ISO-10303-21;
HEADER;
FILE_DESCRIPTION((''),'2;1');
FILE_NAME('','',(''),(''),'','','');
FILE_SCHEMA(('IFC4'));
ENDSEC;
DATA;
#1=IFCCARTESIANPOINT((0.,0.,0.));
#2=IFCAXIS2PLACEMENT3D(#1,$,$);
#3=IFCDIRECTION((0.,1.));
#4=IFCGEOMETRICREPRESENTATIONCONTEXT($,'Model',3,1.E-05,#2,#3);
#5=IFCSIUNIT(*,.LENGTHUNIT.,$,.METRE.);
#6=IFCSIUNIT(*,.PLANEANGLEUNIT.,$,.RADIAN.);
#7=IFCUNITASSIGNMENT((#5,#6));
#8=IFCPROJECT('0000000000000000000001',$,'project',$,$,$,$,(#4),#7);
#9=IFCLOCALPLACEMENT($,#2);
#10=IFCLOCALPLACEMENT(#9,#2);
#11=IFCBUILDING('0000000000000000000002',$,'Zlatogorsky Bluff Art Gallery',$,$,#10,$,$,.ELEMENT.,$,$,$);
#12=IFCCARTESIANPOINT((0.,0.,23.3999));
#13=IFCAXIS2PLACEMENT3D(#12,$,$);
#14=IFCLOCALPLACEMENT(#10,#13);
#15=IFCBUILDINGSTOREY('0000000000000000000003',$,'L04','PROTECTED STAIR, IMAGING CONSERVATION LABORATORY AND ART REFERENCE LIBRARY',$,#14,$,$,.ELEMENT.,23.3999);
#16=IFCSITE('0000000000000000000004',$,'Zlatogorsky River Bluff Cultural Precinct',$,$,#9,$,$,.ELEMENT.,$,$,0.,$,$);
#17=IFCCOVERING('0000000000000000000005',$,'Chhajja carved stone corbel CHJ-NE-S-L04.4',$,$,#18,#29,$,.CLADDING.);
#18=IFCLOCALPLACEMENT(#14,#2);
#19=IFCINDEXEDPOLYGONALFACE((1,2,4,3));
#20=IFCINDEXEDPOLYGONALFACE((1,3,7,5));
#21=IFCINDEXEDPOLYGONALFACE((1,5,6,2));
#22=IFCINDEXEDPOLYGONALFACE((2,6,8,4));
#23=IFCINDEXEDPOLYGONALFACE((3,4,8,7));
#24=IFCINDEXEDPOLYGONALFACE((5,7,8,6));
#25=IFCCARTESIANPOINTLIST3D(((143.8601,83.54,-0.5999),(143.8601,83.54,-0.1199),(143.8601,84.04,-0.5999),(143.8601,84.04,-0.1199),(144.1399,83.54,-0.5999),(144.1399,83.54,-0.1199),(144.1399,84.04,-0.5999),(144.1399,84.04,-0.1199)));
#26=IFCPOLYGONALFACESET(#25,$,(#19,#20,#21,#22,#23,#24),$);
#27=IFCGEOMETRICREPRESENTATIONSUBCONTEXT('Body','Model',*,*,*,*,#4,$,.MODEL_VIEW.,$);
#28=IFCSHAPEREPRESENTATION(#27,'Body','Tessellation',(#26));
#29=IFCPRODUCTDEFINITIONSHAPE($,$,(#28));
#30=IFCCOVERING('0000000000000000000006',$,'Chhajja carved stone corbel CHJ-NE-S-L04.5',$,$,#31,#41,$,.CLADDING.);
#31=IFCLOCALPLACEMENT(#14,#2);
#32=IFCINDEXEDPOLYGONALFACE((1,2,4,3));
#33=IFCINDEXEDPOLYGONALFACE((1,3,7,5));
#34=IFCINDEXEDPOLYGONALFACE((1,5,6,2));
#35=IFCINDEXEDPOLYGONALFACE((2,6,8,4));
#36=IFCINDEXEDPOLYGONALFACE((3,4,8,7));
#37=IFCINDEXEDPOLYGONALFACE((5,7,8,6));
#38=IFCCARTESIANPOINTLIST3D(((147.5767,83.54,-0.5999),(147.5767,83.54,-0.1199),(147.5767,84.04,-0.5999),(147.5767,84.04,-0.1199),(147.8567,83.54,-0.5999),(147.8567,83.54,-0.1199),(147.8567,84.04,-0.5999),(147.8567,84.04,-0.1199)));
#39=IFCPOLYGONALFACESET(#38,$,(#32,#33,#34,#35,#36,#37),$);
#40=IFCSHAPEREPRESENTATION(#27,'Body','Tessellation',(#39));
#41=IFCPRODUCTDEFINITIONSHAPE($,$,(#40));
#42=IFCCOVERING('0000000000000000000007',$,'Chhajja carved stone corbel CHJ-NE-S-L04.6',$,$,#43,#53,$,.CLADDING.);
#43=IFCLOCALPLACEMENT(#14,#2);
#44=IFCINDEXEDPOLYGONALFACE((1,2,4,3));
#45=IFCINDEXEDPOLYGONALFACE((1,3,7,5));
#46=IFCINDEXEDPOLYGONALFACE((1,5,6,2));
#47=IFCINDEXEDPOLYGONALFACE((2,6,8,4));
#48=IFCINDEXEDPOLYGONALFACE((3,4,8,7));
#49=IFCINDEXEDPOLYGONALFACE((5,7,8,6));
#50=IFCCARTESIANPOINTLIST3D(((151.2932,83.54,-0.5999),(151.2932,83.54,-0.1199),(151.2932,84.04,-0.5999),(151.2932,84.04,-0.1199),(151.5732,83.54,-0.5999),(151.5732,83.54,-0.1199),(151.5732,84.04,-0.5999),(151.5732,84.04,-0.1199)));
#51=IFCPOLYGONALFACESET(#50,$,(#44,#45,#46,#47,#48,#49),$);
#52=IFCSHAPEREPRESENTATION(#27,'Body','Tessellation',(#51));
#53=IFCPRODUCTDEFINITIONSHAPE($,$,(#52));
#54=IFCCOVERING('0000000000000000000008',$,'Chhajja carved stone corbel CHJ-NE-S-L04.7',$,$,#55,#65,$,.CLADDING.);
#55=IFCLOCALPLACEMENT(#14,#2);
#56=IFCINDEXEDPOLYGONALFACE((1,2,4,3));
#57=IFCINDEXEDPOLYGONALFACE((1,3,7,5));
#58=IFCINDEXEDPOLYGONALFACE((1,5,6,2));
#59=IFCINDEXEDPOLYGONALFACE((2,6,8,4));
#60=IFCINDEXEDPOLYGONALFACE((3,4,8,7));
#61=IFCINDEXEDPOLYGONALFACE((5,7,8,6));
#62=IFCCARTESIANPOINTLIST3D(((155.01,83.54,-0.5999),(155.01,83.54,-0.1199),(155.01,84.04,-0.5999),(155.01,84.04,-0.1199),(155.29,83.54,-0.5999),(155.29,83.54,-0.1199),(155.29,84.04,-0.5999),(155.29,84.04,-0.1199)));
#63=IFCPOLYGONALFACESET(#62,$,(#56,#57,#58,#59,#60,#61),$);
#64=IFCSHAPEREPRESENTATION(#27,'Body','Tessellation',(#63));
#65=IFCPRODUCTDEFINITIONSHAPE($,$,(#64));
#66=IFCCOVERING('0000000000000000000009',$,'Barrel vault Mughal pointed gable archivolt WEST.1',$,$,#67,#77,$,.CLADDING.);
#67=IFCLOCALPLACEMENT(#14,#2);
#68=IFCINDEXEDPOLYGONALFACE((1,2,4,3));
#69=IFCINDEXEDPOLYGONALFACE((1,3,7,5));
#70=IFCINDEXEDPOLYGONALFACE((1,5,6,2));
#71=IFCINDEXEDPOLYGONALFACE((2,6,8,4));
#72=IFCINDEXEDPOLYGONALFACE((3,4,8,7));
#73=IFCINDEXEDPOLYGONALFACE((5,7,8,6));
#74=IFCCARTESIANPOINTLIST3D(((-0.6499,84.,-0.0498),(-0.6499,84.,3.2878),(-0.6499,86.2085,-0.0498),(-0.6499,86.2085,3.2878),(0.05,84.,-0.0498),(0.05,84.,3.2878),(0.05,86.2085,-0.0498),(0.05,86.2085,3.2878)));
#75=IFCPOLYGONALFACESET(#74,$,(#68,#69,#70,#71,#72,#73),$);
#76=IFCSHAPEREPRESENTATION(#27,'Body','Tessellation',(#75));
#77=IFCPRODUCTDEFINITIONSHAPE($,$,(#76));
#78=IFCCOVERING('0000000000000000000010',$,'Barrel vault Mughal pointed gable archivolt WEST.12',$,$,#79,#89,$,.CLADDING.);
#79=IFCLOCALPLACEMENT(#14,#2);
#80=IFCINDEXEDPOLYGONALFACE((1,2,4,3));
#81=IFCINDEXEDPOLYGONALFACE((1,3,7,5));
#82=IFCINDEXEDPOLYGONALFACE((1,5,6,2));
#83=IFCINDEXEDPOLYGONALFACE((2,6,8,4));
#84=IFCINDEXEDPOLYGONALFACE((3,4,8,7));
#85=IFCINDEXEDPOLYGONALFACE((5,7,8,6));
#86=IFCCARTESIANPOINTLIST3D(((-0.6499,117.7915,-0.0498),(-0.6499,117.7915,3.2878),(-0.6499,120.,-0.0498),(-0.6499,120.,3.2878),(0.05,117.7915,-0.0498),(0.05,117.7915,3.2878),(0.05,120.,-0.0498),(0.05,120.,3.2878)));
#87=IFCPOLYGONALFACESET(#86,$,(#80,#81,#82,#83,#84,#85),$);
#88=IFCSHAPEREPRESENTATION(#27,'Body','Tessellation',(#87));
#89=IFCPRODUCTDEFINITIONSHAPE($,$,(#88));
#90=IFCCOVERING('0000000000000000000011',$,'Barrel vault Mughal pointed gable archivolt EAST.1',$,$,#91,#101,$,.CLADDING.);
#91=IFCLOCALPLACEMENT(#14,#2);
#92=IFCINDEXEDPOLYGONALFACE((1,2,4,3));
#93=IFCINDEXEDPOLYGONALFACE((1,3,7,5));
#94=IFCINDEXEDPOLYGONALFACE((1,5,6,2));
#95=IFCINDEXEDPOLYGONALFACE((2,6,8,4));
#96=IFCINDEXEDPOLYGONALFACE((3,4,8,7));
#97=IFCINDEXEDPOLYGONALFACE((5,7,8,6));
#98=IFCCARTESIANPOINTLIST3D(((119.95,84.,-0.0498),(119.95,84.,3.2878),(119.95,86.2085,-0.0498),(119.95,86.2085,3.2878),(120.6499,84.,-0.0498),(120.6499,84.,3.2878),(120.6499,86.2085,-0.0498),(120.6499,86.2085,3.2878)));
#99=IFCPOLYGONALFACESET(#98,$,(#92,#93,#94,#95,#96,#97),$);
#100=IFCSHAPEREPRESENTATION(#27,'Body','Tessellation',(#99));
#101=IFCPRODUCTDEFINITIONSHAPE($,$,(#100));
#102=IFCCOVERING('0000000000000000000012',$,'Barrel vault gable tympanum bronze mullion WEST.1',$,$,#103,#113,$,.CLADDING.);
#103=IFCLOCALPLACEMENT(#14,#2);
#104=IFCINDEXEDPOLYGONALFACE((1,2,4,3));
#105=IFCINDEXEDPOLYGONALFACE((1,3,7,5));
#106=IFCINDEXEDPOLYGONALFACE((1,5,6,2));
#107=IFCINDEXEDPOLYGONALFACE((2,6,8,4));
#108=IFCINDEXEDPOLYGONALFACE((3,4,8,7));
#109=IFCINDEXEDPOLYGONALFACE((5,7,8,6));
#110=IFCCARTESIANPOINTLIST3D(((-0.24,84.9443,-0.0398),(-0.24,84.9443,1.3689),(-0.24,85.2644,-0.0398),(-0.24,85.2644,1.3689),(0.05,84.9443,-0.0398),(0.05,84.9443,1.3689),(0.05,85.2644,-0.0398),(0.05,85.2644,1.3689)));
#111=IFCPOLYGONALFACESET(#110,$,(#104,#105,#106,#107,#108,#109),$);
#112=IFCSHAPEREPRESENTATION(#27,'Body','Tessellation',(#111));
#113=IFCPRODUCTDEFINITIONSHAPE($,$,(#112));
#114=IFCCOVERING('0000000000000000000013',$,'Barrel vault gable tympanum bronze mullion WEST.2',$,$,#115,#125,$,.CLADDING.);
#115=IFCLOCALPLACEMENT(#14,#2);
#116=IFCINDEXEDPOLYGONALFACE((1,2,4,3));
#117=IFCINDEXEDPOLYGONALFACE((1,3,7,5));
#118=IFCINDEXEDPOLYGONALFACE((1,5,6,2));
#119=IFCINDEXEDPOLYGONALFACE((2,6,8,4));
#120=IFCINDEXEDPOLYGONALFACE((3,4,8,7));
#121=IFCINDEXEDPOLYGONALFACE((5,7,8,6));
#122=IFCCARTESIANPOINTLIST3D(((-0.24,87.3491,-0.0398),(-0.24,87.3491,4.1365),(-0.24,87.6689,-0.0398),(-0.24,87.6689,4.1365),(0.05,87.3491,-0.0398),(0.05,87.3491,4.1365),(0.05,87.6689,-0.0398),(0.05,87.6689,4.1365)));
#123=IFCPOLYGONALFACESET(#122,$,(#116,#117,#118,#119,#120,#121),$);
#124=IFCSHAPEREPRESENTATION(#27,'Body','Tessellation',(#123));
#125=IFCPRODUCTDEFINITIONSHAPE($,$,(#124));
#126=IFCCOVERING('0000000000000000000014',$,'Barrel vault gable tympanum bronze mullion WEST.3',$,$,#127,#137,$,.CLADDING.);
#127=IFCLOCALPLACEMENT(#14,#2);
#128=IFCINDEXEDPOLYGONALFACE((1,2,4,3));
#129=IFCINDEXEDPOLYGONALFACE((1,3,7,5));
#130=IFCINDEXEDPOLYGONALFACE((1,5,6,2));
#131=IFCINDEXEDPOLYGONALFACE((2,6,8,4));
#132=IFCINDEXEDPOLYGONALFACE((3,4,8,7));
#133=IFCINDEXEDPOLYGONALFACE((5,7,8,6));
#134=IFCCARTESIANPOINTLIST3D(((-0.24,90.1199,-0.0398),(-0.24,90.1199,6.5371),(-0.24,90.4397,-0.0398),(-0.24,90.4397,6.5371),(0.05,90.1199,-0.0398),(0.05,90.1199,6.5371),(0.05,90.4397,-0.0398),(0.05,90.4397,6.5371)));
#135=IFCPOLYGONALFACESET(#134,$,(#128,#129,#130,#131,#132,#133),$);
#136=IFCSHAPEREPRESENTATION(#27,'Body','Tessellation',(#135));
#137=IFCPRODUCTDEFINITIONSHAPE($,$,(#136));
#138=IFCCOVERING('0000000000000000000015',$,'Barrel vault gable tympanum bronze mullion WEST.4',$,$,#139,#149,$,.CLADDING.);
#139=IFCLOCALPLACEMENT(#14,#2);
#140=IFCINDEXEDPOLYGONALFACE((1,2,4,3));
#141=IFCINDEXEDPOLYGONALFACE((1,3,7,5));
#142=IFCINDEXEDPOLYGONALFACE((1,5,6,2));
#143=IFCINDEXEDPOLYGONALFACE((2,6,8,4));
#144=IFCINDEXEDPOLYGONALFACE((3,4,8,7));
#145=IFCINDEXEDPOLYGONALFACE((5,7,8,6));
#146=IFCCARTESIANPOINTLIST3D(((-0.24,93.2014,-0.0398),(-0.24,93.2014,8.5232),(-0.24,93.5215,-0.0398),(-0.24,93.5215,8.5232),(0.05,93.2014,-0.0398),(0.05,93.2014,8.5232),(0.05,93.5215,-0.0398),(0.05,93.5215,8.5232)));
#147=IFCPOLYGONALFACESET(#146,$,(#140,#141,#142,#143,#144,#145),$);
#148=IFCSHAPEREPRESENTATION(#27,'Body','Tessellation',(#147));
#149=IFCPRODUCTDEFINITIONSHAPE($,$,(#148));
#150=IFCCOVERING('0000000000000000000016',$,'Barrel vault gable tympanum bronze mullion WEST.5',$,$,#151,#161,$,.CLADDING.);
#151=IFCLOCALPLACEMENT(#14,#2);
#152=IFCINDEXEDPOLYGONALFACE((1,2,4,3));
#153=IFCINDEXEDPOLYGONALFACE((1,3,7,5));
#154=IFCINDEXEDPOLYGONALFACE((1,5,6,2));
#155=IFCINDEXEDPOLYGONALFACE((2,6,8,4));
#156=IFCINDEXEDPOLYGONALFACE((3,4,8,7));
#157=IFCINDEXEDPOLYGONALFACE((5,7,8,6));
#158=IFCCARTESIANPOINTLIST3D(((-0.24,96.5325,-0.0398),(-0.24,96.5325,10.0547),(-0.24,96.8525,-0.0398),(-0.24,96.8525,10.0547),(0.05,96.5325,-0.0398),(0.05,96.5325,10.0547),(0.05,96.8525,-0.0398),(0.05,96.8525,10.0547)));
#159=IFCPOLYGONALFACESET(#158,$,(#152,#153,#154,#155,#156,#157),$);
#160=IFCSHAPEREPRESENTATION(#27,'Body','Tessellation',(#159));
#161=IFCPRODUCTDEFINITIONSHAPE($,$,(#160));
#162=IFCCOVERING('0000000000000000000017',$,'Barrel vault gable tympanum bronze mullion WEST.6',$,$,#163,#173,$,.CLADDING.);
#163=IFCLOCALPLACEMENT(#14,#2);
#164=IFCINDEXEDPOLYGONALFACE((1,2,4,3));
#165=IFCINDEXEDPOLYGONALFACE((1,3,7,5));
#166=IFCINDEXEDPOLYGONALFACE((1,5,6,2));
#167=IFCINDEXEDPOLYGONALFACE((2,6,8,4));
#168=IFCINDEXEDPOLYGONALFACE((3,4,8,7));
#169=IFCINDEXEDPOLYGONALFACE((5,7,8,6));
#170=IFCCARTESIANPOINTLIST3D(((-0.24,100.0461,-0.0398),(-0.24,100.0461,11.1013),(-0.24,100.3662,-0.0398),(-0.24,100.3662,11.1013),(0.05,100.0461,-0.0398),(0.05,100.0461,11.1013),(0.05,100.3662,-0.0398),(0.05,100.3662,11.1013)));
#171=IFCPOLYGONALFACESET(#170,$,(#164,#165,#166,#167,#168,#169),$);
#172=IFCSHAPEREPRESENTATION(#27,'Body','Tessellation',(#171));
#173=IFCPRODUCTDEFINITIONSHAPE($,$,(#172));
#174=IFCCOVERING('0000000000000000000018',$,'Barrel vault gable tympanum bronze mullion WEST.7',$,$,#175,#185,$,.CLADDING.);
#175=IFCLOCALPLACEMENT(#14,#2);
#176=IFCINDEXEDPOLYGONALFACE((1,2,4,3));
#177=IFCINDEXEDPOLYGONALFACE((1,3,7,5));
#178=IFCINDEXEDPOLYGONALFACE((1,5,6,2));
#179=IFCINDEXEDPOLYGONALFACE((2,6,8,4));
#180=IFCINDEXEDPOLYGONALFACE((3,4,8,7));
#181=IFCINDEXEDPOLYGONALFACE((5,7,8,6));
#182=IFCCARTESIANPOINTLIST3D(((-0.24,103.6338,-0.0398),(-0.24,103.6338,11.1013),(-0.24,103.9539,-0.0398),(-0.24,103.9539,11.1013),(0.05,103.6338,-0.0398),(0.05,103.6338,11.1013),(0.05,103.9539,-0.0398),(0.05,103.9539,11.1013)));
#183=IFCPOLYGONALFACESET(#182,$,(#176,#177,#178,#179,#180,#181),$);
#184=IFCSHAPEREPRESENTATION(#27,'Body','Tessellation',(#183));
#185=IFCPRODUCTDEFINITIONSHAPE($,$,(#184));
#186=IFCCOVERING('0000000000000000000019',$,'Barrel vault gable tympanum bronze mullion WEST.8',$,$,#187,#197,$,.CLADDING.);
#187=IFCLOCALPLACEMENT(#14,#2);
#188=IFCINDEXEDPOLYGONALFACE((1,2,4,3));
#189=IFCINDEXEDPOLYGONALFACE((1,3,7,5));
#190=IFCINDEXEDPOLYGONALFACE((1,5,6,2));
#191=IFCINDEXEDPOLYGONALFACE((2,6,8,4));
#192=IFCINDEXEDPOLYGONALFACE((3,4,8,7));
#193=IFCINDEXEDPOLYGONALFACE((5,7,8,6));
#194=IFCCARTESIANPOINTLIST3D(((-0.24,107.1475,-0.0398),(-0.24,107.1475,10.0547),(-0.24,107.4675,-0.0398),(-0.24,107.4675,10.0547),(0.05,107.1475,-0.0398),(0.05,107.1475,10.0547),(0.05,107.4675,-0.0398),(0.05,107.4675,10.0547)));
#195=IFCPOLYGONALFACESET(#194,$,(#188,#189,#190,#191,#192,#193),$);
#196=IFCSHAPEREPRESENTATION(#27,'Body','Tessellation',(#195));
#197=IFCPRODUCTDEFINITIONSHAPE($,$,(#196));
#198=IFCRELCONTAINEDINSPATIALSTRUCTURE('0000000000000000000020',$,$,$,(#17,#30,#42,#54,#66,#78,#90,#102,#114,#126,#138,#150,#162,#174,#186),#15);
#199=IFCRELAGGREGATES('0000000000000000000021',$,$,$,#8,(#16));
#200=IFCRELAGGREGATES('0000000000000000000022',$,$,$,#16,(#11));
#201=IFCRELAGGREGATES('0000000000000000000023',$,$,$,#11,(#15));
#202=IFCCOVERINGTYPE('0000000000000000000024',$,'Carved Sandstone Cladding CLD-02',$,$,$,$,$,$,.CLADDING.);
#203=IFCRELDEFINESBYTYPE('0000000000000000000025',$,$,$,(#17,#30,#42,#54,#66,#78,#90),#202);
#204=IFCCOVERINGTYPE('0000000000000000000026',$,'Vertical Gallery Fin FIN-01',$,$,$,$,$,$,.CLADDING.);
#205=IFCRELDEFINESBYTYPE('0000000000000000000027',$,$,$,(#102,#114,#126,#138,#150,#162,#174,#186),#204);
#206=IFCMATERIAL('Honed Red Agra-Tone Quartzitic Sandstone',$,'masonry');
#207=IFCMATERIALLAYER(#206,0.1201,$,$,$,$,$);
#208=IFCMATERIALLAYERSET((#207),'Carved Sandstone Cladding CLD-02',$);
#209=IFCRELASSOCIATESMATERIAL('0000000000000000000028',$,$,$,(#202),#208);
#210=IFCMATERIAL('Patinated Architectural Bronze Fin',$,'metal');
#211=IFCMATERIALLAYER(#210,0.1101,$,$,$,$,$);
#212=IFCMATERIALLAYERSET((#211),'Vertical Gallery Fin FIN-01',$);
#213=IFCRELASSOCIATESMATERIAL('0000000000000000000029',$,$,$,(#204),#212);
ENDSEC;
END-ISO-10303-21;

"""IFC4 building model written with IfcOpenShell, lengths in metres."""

from ifc_helpers import new_model, si_unit, direction, frame, origin, place, context, subcontext, project, spatial, polyline, outline, extrude, material, layer, layer_set, type_object, element, save


model = new_model("IFC4")

# Units and contexts
model_context = context("Model", 3, precision=1e-05, world=origin(), true_north=direction((0.0, 1.0)))
body_context = subcontext(model_context, "Body", "Model", "MODEL_VIEW")
ifc_project = project(units=[si_unit("LENGTHUNIT", "METRE"), si_unit("PLANEANGLEUNIT", "RADIAN")], contexts=[model_context])

# Site, building, storey
site_placement = place(None, origin())
site = spatial("IfcSite", under=ifc_project, at=site_placement, Name="Zlatogorsky River Bluff Cultural Precinct", CompositionType="ELEMENT", RefElevation=0.0)
building_placement = place(site_placement, origin())
building = spatial("IfcBuilding", under=site, at=building_placement, Name="Zlatogorsky Bluff Art Gallery", CompositionType="ELEMENT")
storey_placement = place(building_placement, frame((0.0, 0.0, 23.3999)))
storey = spatial("IfcBuildingStorey", under=building, at=storey_placement, Name="L04", Description="PROTECTED STAIR, IMAGING CONSERVATION LABORATORY AND ART REFERENCE LIBRARY", CompositionType="ELEMENT", Elevation=23.3999)

# Coverings
ifc_material_1 = material(Name="Honed Red Agra-Tone Quartzitic Sandstone", Category="masonry")
ifc_layer_1 = layer(ifc_material_1, 0.1201)
ifc_layer_set_1 = layer_set([ifc_layer_1], Name="Carved Sandstone Cladding CLD-02")
covering_type_1 = type_object("IfcCoveringType", Name="Carved Sandstone Cladding CLD-02", PredefinedType="CLADDING", material=ifc_layer_set_1)
covering_1_placement = place(storey_placement, frame((0.0, 0.0, -0.5999)))
element("IfcCovering", 1, at=covering_1_placement, inside=storey, type_object=covering_type_1, Name="Chhajja carved stone corbel CHJ-NE-S-L04.4", PredefinedType="CLADDING", context=body_context, shape_type="SweptSolid", body=[
    extrude(outline(polyline([(143.8601, 83.54), (144.1399, 83.54), (144.1399, 84.04), (143.8601, 84.04), (143.8601, 83.54)])), origin(), (0.0, 0.0, 1.0), 0.48),
])
covering_2_placement = place(storey_placement, frame((0.0, 0.0, -0.5999)))
element("IfcCovering", 2, at=covering_2_placement, inside=storey, type_object=covering_type_1, Name="Chhajja carved stone corbel CHJ-NE-S-L04.5", PredefinedType="CLADDING", context=body_context, shape_type="SweptSolid", body=[
    extrude(outline(polyline([(147.5767, 83.54), (147.8567, 83.54), (147.8567, 84.04), (147.5767, 84.04), (147.5767, 83.54)])), origin(), (0.0, 0.0, 1.0), 0.48),
])
covering_3_placement = place(storey_placement, frame((0.0, 0.0, -0.5999)))
element("IfcCovering", 3, at=covering_3_placement, inside=storey, type_object=covering_type_1, Name="Chhajja carved stone corbel CHJ-NE-S-L04.6", PredefinedType="CLADDING", context=body_context, shape_type="SweptSolid", body=[
    extrude(outline(polyline([(151.2932, 83.54), (151.5732, 83.54), (151.5732, 84.04), (151.2932, 84.04), (151.2932, 83.54)])), origin(), (0.0, 0.0, 1.0), 0.48),
])
covering_4_placement = place(storey_placement, frame((0.0, 0.0, -0.5999)))
element("IfcCovering", 4, at=covering_4_placement, inside=storey, type_object=covering_type_1, Name="Chhajja carved stone corbel CHJ-NE-S-L04.7", PredefinedType="CLADDING", context=body_context, shape_type="SweptSolid", body=[
    extrude(outline(polyline([(155.01, 83.54), (155.29, 83.54), (155.29, 84.04), (155.01, 84.04), (155.01, 83.54)])), origin(), (0.0, 0.0, 1.0), 0.48),
])
covering_5_placement = place(storey_placement, frame((0.0, 0.0, -0.0498)))
element("IfcCovering", 5, at=covering_5_placement, inside=storey, type_object=covering_type_1, Name="Barrel vault Mughal pointed gable archivolt WEST.1", PredefinedType="CLADDING", context=body_context, shape_type="SweptSolid", body=[
    extrude(outline(polyline([(-0.6499, 84.0), (0.05, 84.0), (0.05, 86.2085), (-0.6499, 86.2085), (-0.6499, 84.0)])), origin(), (0.0, 0.0, 1.0), 3.3376),
])
covering_6_placement = place(storey_placement, frame((0.0, 0.0, -0.0498)))
element("IfcCovering", 6, at=covering_6_placement, inside=storey, type_object=covering_type_1, Name="Barrel vault Mughal pointed gable archivolt WEST.12", PredefinedType="CLADDING", context=body_context, shape_type="SweptSolid", body=[
    extrude(outline(polyline([(-0.6499, 117.7915), (0.05, 117.7915), (0.05, 120.0), (-0.6499, 120.0), (-0.6499, 117.7915)])), origin(), (0.0, 0.0, 1.0), 3.3376),
])
covering_7_placement = place(storey_placement, frame((0.0, 0.0, -0.0498)))
element("IfcCovering", 7, at=covering_7_placement, inside=storey, type_object=covering_type_1, Name="Barrel vault Mughal pointed gable archivolt EAST.1", PredefinedType="CLADDING", context=body_context, shape_type="SweptSolid", body=[
    extrude(outline(polyline([(119.95, 84.0), (120.6499, 84.0), (120.6499, 86.2085), (119.95, 86.2085), (119.95, 84.0)])), origin(), (0.0, 0.0, 1.0), 3.3376),
])
ifc_material_2 = material(Name="Patinated Architectural Bronze Fin", Category="metal")
ifc_layer_2 = layer(ifc_material_2, 0.1101)
ifc_layer_set_2 = layer_set([ifc_layer_2], Name="Vertical Gallery Fin FIN-01")
covering_type_2 = type_object("IfcCoveringType", Name="Vertical Gallery Fin FIN-01", PredefinedType="CLADDING", material=ifc_layer_set_2)
covering_8_placement = place(storey_placement, frame((0.0, 0.0, -0.0398)))
element("IfcCovering", 8, at=covering_8_placement, inside=storey, type_object=covering_type_2, Name="Barrel vault gable tympanum bronze mullion WEST.1", PredefinedType="CLADDING", context=body_context, shape_type="SweptSolid", body=[
    extrude(outline(polyline([(-0.24, 84.9443), (0.05, 84.9443), (0.05, 85.2644), (-0.24, 85.2644), (-0.24, 84.9443)])), origin(), (0.0, 0.0, 1.0), 1.4087),
])
covering_9_placement = place(storey_placement, frame((0.0, 0.0, -0.0398)))
element("IfcCovering", 9, at=covering_9_placement, inside=storey, type_object=covering_type_2, Name="Barrel vault gable tympanum bronze mullion WEST.2", PredefinedType="CLADDING", context=body_context, shape_type="SweptSolid", body=[
    extrude(outline(polyline([(-0.24, 87.3491), (0.05, 87.3491), (0.05, 87.6689), (-0.24, 87.6689), (-0.24, 87.3491)])), origin(), (0.0, 0.0, 1.0), 4.1763),
])
covering_10_placement = place(storey_placement, frame((0.0, 0.0, -0.0398)))
element("IfcCovering", 10, at=covering_10_placement, inside=storey, type_object=covering_type_2, Name="Barrel vault gable tympanum bronze mullion WEST.3", PredefinedType="CLADDING", context=body_context, shape_type="SweptSolid", body=[
    extrude(outline(polyline([(-0.24, 90.1199), (0.05, 90.1199), (0.05, 90.4397), (-0.24, 90.4397), (-0.24, 90.1199)])), origin(), (0.0, 0.0, 1.0), 6.5769),
])
covering_11_placement = place(storey_placement, frame((0.0, 0.0, -0.0398)))
element("IfcCovering", 11, at=covering_11_placement, inside=storey, type_object=covering_type_2, Name="Barrel vault gable tympanum bronze mullion WEST.4", PredefinedType="CLADDING", context=body_context, shape_type="SweptSolid", body=[
    extrude(outline(polyline([(-0.24, 93.2014), (0.05, 93.2014), (0.05, 93.5215), (-0.24, 93.5215), (-0.24, 93.2014)])), origin(), (0.0, 0.0, 1.0), 8.563),
])
covering_12_placement = place(storey_placement, frame((0.0, 0.0, -0.0398)))
element("IfcCovering", 12, at=covering_12_placement, inside=storey, type_object=covering_type_2, Name="Barrel vault gable tympanum bronze mullion WEST.5", PredefinedType="CLADDING", context=body_context, shape_type="SweptSolid", body=[
    extrude(outline(polyline([(-0.24, 96.5325), (0.05, 96.5325), (0.05, 96.8525), (-0.24, 96.8525), (-0.24, 96.5325)])), origin(), (0.0, 0.0, 1.0), 10.0945),
])
covering_13_placement = place(storey_placement, frame((0.0, 0.0, -0.0398)))
element("IfcCovering", 13, at=covering_13_placement, inside=storey, type_object=covering_type_2, Name="Barrel vault gable tympanum bronze mullion WEST.6", PredefinedType="CLADDING", context=body_context, shape_type="SweptSolid", body=[
    extrude(outline(polyline([(-0.24, 100.0461), (0.05, 100.0461), (0.05, 100.3662), (-0.24, 100.3662), (-0.24, 100.0461)])), origin(), (0.0, 0.0, 1.0), 11.1411),
])
covering_14_placement = place(storey_placement, frame((0.0, 0.0, -0.0398)))
element("IfcCovering", 14, at=covering_14_placement, inside=storey, type_object=covering_type_2, Name="Barrel vault gable tympanum bronze mullion WEST.7", PredefinedType="CLADDING", context=body_context, shape_type="SweptSolid", body=[
    extrude(outline(polyline([(-0.24, 103.6338), (0.05, 103.6338), (0.05, 103.9539), (-0.24, 103.9539), (-0.24, 103.6338)])), origin(), (0.0, 0.0, 1.0), 11.1411),
])
covering_15_placement = place(storey_placement, frame((0.0, 0.0, -0.0398)))
element("IfcCovering", 15, at=covering_15_placement, inside=storey, type_object=covering_type_2, Name="Barrel vault gable tympanum bronze mullion WEST.8", PredefinedType="CLADDING", context=body_context, shape_type="SweptSolid", body=[
    extrude(outline(polyline([(-0.24, 107.1475), (0.05, 107.1475), (0.05, 107.4675), (-0.24, 107.4675), (-0.24, 107.1475)])), origin(), (0.0, 0.0, 1.0), 10.0945),
])

save(model, "model.ifc")
